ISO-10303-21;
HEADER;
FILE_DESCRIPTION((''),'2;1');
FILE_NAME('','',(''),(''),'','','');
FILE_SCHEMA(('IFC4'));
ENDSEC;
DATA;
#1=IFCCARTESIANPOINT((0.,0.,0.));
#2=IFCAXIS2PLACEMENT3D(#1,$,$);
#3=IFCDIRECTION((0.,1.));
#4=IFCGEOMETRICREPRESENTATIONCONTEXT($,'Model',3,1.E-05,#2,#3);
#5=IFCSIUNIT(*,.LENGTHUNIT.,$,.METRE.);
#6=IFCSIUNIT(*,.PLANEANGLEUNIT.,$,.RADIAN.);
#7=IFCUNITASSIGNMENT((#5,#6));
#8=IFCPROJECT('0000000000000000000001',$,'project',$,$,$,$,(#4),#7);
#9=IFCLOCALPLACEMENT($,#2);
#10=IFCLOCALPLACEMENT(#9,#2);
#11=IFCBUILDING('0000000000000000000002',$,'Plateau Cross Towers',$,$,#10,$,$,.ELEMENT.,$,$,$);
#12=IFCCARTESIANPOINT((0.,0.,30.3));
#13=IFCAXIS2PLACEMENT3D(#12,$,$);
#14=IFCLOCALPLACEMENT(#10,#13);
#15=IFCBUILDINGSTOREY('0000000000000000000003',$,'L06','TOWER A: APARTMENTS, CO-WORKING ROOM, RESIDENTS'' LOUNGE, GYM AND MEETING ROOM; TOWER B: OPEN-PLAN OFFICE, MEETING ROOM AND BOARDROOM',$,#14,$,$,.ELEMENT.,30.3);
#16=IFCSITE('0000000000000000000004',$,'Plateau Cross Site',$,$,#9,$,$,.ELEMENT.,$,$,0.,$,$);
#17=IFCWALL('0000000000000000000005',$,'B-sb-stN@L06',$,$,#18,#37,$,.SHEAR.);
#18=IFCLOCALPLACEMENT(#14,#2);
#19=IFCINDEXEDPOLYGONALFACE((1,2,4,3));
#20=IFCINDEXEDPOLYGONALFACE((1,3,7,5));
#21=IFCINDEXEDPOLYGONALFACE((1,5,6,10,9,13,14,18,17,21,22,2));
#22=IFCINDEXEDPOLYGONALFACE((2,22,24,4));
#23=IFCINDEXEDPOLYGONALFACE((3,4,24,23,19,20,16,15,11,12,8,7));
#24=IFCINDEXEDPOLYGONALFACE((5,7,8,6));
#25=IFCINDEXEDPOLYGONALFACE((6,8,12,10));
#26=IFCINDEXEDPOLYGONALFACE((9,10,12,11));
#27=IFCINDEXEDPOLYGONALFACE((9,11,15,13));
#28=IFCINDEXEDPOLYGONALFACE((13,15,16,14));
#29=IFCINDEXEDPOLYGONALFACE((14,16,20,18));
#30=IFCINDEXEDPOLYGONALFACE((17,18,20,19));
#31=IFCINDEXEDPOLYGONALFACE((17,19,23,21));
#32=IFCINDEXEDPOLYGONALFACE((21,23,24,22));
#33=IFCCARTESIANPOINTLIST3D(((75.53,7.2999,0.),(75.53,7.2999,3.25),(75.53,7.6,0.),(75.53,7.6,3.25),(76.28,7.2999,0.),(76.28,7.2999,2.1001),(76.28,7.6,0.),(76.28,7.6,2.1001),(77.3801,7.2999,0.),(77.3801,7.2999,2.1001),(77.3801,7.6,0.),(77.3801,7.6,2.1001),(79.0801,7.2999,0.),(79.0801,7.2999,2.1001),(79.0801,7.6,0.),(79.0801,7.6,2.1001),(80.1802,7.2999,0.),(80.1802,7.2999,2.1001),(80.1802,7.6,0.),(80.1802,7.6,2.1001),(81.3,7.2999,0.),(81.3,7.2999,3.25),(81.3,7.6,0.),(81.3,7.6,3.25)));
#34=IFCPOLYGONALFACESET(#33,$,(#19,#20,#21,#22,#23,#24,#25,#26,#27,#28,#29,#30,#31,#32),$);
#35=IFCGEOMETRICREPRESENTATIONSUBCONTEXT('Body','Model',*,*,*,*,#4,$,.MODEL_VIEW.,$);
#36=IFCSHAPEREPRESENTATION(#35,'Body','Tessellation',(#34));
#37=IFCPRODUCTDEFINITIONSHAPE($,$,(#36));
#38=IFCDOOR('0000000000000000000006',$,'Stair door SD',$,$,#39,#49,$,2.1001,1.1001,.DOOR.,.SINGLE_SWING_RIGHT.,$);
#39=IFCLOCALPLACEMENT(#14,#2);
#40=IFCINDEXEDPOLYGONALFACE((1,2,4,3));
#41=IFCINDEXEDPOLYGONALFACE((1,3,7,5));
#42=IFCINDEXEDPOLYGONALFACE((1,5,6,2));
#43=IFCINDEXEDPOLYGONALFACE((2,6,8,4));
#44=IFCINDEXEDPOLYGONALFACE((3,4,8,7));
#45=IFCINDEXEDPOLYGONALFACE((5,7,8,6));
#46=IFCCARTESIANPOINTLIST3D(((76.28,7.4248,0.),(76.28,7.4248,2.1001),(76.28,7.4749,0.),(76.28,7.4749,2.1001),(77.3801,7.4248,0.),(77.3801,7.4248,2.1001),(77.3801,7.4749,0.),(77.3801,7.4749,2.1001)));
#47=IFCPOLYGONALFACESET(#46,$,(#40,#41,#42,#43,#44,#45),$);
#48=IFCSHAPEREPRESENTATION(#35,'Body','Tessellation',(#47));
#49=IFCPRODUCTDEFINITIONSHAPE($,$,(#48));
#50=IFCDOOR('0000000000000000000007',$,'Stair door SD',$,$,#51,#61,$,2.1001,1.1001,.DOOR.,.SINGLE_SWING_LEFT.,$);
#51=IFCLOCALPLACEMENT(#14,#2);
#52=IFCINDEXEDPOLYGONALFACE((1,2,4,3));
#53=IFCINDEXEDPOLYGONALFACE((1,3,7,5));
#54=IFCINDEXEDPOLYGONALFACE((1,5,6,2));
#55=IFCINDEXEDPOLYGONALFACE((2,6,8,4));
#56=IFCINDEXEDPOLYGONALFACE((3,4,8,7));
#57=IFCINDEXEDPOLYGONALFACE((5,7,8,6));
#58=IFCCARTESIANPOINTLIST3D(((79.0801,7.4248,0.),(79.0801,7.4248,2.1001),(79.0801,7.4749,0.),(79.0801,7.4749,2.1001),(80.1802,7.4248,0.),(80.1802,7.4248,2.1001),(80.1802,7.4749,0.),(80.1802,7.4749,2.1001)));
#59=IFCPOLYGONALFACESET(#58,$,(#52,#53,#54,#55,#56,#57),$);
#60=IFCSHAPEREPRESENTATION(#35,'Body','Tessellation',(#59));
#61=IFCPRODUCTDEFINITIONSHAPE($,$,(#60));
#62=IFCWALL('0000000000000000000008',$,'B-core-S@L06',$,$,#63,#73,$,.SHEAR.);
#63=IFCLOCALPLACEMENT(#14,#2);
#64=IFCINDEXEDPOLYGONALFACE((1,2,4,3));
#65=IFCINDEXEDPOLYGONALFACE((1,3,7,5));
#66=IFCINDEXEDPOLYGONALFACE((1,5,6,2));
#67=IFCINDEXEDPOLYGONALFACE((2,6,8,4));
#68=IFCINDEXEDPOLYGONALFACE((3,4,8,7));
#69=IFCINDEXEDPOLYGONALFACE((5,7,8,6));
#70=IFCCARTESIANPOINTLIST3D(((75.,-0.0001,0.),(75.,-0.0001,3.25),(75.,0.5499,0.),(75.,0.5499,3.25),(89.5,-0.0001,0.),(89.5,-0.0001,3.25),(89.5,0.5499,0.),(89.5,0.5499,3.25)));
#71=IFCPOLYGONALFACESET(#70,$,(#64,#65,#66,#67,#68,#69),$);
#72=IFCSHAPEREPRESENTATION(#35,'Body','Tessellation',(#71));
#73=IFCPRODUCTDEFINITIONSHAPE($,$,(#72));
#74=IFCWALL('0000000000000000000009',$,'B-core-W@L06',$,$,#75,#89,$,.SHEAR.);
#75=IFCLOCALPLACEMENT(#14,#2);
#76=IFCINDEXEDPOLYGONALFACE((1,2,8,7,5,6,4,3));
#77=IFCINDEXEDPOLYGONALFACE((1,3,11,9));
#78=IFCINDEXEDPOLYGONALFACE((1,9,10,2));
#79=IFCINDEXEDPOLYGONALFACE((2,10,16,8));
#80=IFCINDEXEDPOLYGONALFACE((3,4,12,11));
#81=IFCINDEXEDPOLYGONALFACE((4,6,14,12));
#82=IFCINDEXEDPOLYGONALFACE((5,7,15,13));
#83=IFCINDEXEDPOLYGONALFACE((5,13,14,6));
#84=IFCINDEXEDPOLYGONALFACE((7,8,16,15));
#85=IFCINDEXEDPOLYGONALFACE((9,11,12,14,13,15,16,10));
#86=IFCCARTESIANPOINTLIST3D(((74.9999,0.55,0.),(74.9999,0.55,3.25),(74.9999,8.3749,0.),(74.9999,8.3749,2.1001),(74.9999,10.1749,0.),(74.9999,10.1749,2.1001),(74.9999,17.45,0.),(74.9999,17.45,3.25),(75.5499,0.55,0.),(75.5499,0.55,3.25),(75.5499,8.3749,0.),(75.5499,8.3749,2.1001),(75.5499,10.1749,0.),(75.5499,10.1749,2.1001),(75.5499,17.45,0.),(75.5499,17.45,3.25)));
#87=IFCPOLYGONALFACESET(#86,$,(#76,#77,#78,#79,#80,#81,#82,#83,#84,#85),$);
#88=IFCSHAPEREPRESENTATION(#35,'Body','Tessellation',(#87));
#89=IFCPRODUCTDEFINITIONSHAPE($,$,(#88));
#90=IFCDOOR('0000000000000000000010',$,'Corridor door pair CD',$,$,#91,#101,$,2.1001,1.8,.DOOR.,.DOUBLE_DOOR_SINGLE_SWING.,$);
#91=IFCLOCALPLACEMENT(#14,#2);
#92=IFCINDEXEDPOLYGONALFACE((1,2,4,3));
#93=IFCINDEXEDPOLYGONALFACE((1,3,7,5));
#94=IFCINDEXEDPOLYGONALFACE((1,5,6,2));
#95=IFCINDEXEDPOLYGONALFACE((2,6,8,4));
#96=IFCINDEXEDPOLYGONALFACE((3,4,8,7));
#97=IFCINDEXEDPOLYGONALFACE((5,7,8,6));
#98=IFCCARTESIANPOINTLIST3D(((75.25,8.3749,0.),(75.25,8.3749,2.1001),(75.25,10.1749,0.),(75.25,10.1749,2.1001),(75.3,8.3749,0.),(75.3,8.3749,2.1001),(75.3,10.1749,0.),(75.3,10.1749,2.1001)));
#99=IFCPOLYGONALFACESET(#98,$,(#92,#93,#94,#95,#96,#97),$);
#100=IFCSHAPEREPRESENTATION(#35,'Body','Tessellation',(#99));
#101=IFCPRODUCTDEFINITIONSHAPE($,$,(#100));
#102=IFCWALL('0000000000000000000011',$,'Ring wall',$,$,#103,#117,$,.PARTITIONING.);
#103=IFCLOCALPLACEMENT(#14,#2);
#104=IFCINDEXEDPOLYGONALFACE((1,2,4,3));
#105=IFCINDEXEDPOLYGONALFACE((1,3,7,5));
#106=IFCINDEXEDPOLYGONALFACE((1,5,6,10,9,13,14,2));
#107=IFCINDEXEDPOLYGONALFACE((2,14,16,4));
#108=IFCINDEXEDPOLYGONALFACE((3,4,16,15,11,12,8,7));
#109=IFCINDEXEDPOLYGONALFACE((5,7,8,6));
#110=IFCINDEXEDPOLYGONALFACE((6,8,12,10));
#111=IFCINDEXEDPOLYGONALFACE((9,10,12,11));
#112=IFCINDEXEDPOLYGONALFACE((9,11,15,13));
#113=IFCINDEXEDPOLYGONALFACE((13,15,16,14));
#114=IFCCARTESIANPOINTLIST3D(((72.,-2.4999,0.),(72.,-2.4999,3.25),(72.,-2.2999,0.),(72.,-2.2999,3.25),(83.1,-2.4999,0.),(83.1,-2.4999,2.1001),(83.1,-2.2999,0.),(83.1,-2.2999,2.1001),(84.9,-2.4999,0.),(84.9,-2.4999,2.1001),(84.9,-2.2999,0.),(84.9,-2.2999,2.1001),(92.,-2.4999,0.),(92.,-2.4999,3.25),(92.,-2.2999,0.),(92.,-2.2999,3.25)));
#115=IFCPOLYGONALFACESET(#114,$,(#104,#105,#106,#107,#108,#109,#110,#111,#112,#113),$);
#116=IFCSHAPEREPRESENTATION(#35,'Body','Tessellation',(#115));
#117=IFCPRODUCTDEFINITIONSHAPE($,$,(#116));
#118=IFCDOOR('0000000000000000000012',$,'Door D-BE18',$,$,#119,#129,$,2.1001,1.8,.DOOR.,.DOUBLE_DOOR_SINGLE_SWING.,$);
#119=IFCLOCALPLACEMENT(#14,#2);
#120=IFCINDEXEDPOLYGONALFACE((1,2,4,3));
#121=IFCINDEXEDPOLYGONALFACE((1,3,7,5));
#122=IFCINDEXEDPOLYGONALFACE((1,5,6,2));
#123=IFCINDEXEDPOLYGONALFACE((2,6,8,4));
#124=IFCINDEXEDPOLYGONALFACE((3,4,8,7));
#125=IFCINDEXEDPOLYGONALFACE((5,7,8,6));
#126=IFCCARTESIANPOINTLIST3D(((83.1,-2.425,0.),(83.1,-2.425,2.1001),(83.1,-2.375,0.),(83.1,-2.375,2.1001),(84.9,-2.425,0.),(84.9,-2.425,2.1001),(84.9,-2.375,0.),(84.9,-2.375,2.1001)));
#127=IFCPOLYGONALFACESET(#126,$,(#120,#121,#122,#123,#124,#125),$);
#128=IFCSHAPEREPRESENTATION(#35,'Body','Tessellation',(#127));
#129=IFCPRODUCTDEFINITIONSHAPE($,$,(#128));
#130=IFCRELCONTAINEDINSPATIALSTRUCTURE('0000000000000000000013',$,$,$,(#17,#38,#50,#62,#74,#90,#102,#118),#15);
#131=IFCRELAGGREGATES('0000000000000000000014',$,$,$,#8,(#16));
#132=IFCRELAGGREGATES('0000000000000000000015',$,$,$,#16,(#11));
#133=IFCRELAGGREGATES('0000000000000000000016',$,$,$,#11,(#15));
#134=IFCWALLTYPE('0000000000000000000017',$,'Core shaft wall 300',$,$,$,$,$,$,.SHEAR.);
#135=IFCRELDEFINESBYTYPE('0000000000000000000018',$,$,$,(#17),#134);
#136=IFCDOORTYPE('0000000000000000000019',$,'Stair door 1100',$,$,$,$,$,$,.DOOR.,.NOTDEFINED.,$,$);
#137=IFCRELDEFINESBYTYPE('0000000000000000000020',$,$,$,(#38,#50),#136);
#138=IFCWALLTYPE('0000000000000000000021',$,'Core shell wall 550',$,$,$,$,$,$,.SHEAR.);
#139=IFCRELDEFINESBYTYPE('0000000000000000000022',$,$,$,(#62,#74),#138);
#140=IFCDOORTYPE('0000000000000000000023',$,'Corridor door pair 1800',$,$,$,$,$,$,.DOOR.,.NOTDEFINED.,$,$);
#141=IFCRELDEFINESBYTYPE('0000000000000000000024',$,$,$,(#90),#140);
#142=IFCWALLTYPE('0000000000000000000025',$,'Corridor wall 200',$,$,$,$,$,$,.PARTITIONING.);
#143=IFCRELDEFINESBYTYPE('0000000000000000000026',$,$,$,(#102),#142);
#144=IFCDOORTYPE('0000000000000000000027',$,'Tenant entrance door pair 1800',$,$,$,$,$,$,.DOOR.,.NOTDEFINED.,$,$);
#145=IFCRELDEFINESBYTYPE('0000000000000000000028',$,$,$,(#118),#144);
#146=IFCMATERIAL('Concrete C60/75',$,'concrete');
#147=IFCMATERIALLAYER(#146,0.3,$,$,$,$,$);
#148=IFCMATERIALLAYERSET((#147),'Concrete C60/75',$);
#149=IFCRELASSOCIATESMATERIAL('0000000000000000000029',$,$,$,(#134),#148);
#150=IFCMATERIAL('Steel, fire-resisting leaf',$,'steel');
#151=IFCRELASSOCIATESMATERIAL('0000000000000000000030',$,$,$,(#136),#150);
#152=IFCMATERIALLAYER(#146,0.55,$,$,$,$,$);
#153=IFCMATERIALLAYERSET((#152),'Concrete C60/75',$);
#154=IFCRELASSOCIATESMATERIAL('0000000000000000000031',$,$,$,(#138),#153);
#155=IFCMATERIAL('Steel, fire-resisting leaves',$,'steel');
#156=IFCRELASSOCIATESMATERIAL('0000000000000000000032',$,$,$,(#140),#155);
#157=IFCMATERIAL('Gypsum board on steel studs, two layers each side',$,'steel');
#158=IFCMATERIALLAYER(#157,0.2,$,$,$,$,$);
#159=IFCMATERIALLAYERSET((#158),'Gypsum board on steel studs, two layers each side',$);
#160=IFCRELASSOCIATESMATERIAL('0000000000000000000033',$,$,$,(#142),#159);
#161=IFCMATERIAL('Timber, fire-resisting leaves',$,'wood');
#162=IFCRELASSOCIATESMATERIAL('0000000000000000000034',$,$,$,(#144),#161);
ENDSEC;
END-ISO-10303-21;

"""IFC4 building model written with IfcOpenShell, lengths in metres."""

from ifc_helpers import new_model, si_unit, direction, frame, frame_2d, origin, place, context, subcontext, project, spatial, rectangle, extrude, material, layer, layer_set, type_object, element, fill, save


model = new_model("IFC4")

# Units and contexts
model_context = context("Model", 3, precision=1e-05, world=origin(), true_north=direction((0.0, 1.0)))
body_context = subcontext(model_context, "Body", "Model", "MODEL_VIEW")
ifc_project = project(units=[si_unit("LENGTHUNIT", "METRE"), si_unit("PLANEANGLEUNIT", "RADIAN")], contexts=[model_context])

# Site, building, storey
site_placement = place(None, origin())
site = spatial("IfcSite", under=ifc_project, at=site_placement, Name="Plateau Cross Site", CompositionType="ELEMENT", RefElevation=0.0)
building_placement = place(site_placement, origin())
building = spatial("IfcBuilding", under=site, at=building_placement, Name="Plateau Cross Towers", CompositionType="ELEMENT")
storey_placement = place(building_placement, frame((0.0, 0.0, 30.3)))
storey = spatial("IfcBuildingStorey", under=building, at=storey_placement, Name="L06", Description="TOWER A: APARTMENTS, CO-WORKING ROOM, RESIDENTS' LOUNGE, GYM AND MEETING ROOM; TOWER B: OPEN-PLAN OFFICE, MEETING ROOM AND BOARDROOM", CompositionType="ELEMENT", Elevation=30.3)

# Shared definitions
ifc_material_1 = material(Name="Concrete C60/75", Category="concrete")

# Shared definitions
ifc_layer_1 = layer(ifc_material_1, 0.3)
ifc_layer_set_1 = layer_set([ifc_layer_1], Name="Concrete C60/75")
wall_type_1 = type_object("IfcWallType", Name="Core shaft wall 300", PredefinedType="SHEAR", material=ifc_layer_set_1)

# Wall, openings, doors
wall_1_placement = place(storey_placement, frame((75.53, 7.45, 0.0), z_axis=(0.0, 0.0, 1.0), x_axis=(1.0, 0.0, 0.0)))
wall_1 = element("IfcWall", 1, at=wall_1_placement, inside=storey, type_object=wall_type_1, Name="B-sb-stN@L06", PredefinedType="SHEAR", context=body_context, shape_type="SweptSolid", body=[
    extrude(rectangle(XDim=5.77, YDim=0.3, at=frame_2d((2.885, 0.0))), origin(), (0.0, 0.0, 1.0), 3.25),
])
opening_1_placement = place(wall_1_placement, frame((0.75, 0.0, 0.0)))
opening_1 = element("IfcOpeningElement", 2, at=opening_1_placement, cuts=wall_1, PredefinedType="OPENING", context=body_context, shape_type="SweptSolid", body=[
    extrude(rectangle(XDim=1.1001, YDim=2.1001, at=frame_2d((0.55, 1.05))), frame((0.0, 0.1599, 0.0), z_axis=(0.0, -1.0, 0.0), x_axis=(1.0, 0.0, 0.0)), (0.0, 0.0, 1.0), 0.3201),
])
opening_2_placement = place(wall_1_placement, frame((3.55, 0.0, 0.0)))
opening_2 = element("IfcOpeningElement", 3, at=opening_2_placement, cuts=wall_1, PredefinedType="OPENING", context=body_context, shape_type="SweptSolid", body=[
    extrude(rectangle(XDim=1.1001, YDim=2.1001, at=frame_2d((0.55, 1.05))), frame((0.0, 0.1599, 0.0), z_axis=(0.0, -1.0, 0.0), x_axis=(1.0, 0.0, 0.0)), (0.0, 0.0, 1.0), 0.3201),
])
ifc_material_2 = material(Name="Steel, fire-resisting leaf", Category="steel")
door_type_1 = type_object("IfcDoorType", Name="Stair door 1100", OperationType="NOTDEFINED", PredefinedType="DOOR", material=ifc_material_2)
door_1_placement = place(opening_1_placement, origin())
door_1 = element("IfcDoor", 4, at=door_1_placement, inside=storey, type_object=door_type_1, Name="Stair door SD", OperationType="SINGLE_SWING_RIGHT", OverallHeight=2.1001, OverallWidth=1.1001, PredefinedType="DOOR", context=body_context, shape_type="SweptSolid", body=[
    extrude(rectangle(XDim=1.1001, YDim=2.1001, at=frame_2d((0.55, 1.05))), frame((0.0, 0.0249, 0.0), z_axis=(0.0, -1.0, 0.0), x_axis=(1.0, 0.0, 0.0)), (0.0, 0.0, 1.0), 0.05),
])
fill(opening_1, door_1)
door_2_placement = place(opening_2_placement, origin())
door_2 = element("IfcDoor", 5, at=door_2_placement, inside=storey, type_object=door_type_1, Name="Stair door SD", OperationType="SINGLE_SWING_LEFT", OverallHeight=2.1001, OverallWidth=1.1001, PredefinedType="DOOR", context=body_context, shape_type="SweptSolid", body=[
    extrude(rectangle(XDim=1.1001, YDim=2.1001, at=frame_2d((0.55, 1.05))), frame((0.0, 0.0249, 0.0), z_axis=(0.0, -1.0, 0.0), x_axis=(1.0, 0.0, 0.0)), (0.0, 0.0, 1.0), 0.05),
])
fill(opening_2, door_2)

# Wall
ifc_layer_2 = layer(ifc_material_1, 0.55)
ifc_layer_set_2 = layer_set([ifc_layer_2], Name="Concrete C60/75")
wall_type_2 = type_object("IfcWallType", Name="Core shell wall 550", PredefinedType="SHEAR", material=ifc_layer_set_2)
wall_2_placement = place(storey_placement, frame((75.0, 0.2749, 0.0), z_axis=(0.0, 0.0, 1.0), x_axis=(1.0, 0.0, 0.0)))
element("IfcWall", 6, at=wall_2_placement, inside=storey, type_object=wall_type_2, Name="B-core-S@L06", PredefinedType="SHEAR", context=body_context, shape_type="SweptSolid", body=[
    extrude(rectangle(XDim=14.5, YDim=0.55, at=frame_2d((7.25, 0.0))), origin(), (0.0, 0.0, 1.0), 3.25),
])

# Walls, openings, doors
wall_3_placement = place(storey_placement, frame((75.2749, 0.55, 0.0), z_axis=(0.0, 0.0, 1.0), x_axis=(0.0, 1.0, 0.0)))
wall_3 = element("IfcWall", 7, at=wall_3_placement, inside=storey, type_object=wall_type_2, Name="B-core-W@L06", PredefinedType="SHEAR", context=body_context, shape_type="SweptSolid", body=[
    extrude(rectangle(XDim=16.8999, YDim=0.55, at=frame_2d((8.45, 0.0))), origin(), (0.0, 0.0, 1.0), 3.25),
])
opening_3_placement = place(wall_3_placement, frame((7.825, 0.0, 0.0)))
opening_3 = element("IfcOpeningElement", 8, at=opening_3_placement, cuts=wall_3, PredefinedType="OPENING", context=body_context, shape_type="SweptSolid", body=[
    extrude(rectangle(XDim=1.8, YDim=2.1001, at=frame_2d((0.8999, 1.05))), frame((0.0, 0.2849, 0.0), z_axis=(0.0, -1.0, 0.0), x_axis=(1.0, 0.0, 0.0)), (0.0, 0.0, 1.0), 0.5701),
])
ifc_material_3 = material(Name="Steel, fire-resisting leaves", Category="steel")
door_type_2 = type_object("IfcDoorType", Name="Corridor door pair 1800", OperationType="NOTDEFINED", PredefinedType="DOOR", material=ifc_material_3)
door_3_placement = place(opening_3_placement, origin())
door_3 = element("IfcDoor", 9, at=door_3_placement, inside=storey, type_object=door_type_2, Name="Corridor door pair CD", OperationType="DOUBLE_DOOR_SINGLE_SWING", OverallHeight=2.1001, OverallWidth=1.8, PredefinedType="DOOR", context=body_context, shape_type="SweptSolid", body=[
    extrude(rectangle(XDim=1.8, YDim=2.1001, at=frame_2d((0.8999, 1.05))), frame((0.0, 0.0249, 0.0), z_axis=(0.0, -1.0, 0.0), x_axis=(1.0, 0.0, 0.0)), (0.0, 0.0, 1.0), 0.05),
])
fill(opening_3, door_3)
ifc_material_4 = material(Name="Gypsum board on steel studs, two layers each side", Category="steel")
ifc_layer_3 = layer(ifc_material_4, 0.2)
ifc_layer_set_3 = layer_set([ifc_layer_3], Name="Gypsum board on steel studs, two layers each side")
wall_type_3 = type_object("IfcWallType", Name="Corridor wall 200", PredefinedType="PARTITIONING", material=ifc_layer_set_3)
wall_4_placement = place(storey_placement, frame((72.0, -2.3999, 0.0), z_axis=(0.0, 0.0, 1.0), x_axis=(1.0, 0.0, 0.0)))
wall_4 = element("IfcWall", 10, at=wall_4_placement, inside=storey, type_object=wall_type_3, Name="Ring wall", PredefinedType="PARTITIONING", context=body_context, shape_type="SweptSolid", body=[
    extrude(rectangle(XDim=20.0, YDim=0.2, at=frame_2d((10.0, 0.0))), origin(), (0.0, 0.0, 1.0), 3.25),
])
opening_4_placement = place(wall_4_placement, frame((11.1001, 0.0, 0.0)))
opening_4 = element("IfcOpeningElement", 11, at=opening_4_placement, cuts=wall_4, PredefinedType="OPENING", context=body_context, shape_type="SweptSolid", body=[
    extrude(rectangle(XDim=1.8, YDim=2.1001, at=frame_2d((0.8999, 1.05))), frame((0.0, 0.1099, 0.0), z_axis=(0.0, -1.0, 0.0), x_axis=(1.0, 0.0, 0.0)), (0.0, 0.0, 1.0), 0.22),
])
ifc_material_5 = material(Name="Timber, fire-resisting leaves", Category="wood")
door_type_3 = type_object("IfcDoorType", Name="Tenant entrance door pair 1800", OperationType="NOTDEFINED", PredefinedType="DOOR", material=ifc_material_5)
door_4_placement = place(opening_4_placement, origin())
door_4 = element("IfcDoor", 12, at=door_4_placement, inside=storey, type_object=door_type_3, Name="Door D-BE18", OperationType="DOUBLE_DOOR_SINGLE_SWING", OverallHeight=2.1001, OverallWidth=1.8, PredefinedType="DOOR", context=body_context, shape_type="SweptSolid", body=[
    extrude(rectangle(XDim=1.8, YDim=2.1001, at=frame_2d((0.8999, 1.05))), frame((0.0, 0.0249, 0.0), z_axis=(0.0, -1.0, 0.0), x_axis=(1.0, 0.0, 0.0)), (0.0, 0.0, 1.0), 0.05),
])
fill(opening_4, door_4)

save(model, "model.ifc")
